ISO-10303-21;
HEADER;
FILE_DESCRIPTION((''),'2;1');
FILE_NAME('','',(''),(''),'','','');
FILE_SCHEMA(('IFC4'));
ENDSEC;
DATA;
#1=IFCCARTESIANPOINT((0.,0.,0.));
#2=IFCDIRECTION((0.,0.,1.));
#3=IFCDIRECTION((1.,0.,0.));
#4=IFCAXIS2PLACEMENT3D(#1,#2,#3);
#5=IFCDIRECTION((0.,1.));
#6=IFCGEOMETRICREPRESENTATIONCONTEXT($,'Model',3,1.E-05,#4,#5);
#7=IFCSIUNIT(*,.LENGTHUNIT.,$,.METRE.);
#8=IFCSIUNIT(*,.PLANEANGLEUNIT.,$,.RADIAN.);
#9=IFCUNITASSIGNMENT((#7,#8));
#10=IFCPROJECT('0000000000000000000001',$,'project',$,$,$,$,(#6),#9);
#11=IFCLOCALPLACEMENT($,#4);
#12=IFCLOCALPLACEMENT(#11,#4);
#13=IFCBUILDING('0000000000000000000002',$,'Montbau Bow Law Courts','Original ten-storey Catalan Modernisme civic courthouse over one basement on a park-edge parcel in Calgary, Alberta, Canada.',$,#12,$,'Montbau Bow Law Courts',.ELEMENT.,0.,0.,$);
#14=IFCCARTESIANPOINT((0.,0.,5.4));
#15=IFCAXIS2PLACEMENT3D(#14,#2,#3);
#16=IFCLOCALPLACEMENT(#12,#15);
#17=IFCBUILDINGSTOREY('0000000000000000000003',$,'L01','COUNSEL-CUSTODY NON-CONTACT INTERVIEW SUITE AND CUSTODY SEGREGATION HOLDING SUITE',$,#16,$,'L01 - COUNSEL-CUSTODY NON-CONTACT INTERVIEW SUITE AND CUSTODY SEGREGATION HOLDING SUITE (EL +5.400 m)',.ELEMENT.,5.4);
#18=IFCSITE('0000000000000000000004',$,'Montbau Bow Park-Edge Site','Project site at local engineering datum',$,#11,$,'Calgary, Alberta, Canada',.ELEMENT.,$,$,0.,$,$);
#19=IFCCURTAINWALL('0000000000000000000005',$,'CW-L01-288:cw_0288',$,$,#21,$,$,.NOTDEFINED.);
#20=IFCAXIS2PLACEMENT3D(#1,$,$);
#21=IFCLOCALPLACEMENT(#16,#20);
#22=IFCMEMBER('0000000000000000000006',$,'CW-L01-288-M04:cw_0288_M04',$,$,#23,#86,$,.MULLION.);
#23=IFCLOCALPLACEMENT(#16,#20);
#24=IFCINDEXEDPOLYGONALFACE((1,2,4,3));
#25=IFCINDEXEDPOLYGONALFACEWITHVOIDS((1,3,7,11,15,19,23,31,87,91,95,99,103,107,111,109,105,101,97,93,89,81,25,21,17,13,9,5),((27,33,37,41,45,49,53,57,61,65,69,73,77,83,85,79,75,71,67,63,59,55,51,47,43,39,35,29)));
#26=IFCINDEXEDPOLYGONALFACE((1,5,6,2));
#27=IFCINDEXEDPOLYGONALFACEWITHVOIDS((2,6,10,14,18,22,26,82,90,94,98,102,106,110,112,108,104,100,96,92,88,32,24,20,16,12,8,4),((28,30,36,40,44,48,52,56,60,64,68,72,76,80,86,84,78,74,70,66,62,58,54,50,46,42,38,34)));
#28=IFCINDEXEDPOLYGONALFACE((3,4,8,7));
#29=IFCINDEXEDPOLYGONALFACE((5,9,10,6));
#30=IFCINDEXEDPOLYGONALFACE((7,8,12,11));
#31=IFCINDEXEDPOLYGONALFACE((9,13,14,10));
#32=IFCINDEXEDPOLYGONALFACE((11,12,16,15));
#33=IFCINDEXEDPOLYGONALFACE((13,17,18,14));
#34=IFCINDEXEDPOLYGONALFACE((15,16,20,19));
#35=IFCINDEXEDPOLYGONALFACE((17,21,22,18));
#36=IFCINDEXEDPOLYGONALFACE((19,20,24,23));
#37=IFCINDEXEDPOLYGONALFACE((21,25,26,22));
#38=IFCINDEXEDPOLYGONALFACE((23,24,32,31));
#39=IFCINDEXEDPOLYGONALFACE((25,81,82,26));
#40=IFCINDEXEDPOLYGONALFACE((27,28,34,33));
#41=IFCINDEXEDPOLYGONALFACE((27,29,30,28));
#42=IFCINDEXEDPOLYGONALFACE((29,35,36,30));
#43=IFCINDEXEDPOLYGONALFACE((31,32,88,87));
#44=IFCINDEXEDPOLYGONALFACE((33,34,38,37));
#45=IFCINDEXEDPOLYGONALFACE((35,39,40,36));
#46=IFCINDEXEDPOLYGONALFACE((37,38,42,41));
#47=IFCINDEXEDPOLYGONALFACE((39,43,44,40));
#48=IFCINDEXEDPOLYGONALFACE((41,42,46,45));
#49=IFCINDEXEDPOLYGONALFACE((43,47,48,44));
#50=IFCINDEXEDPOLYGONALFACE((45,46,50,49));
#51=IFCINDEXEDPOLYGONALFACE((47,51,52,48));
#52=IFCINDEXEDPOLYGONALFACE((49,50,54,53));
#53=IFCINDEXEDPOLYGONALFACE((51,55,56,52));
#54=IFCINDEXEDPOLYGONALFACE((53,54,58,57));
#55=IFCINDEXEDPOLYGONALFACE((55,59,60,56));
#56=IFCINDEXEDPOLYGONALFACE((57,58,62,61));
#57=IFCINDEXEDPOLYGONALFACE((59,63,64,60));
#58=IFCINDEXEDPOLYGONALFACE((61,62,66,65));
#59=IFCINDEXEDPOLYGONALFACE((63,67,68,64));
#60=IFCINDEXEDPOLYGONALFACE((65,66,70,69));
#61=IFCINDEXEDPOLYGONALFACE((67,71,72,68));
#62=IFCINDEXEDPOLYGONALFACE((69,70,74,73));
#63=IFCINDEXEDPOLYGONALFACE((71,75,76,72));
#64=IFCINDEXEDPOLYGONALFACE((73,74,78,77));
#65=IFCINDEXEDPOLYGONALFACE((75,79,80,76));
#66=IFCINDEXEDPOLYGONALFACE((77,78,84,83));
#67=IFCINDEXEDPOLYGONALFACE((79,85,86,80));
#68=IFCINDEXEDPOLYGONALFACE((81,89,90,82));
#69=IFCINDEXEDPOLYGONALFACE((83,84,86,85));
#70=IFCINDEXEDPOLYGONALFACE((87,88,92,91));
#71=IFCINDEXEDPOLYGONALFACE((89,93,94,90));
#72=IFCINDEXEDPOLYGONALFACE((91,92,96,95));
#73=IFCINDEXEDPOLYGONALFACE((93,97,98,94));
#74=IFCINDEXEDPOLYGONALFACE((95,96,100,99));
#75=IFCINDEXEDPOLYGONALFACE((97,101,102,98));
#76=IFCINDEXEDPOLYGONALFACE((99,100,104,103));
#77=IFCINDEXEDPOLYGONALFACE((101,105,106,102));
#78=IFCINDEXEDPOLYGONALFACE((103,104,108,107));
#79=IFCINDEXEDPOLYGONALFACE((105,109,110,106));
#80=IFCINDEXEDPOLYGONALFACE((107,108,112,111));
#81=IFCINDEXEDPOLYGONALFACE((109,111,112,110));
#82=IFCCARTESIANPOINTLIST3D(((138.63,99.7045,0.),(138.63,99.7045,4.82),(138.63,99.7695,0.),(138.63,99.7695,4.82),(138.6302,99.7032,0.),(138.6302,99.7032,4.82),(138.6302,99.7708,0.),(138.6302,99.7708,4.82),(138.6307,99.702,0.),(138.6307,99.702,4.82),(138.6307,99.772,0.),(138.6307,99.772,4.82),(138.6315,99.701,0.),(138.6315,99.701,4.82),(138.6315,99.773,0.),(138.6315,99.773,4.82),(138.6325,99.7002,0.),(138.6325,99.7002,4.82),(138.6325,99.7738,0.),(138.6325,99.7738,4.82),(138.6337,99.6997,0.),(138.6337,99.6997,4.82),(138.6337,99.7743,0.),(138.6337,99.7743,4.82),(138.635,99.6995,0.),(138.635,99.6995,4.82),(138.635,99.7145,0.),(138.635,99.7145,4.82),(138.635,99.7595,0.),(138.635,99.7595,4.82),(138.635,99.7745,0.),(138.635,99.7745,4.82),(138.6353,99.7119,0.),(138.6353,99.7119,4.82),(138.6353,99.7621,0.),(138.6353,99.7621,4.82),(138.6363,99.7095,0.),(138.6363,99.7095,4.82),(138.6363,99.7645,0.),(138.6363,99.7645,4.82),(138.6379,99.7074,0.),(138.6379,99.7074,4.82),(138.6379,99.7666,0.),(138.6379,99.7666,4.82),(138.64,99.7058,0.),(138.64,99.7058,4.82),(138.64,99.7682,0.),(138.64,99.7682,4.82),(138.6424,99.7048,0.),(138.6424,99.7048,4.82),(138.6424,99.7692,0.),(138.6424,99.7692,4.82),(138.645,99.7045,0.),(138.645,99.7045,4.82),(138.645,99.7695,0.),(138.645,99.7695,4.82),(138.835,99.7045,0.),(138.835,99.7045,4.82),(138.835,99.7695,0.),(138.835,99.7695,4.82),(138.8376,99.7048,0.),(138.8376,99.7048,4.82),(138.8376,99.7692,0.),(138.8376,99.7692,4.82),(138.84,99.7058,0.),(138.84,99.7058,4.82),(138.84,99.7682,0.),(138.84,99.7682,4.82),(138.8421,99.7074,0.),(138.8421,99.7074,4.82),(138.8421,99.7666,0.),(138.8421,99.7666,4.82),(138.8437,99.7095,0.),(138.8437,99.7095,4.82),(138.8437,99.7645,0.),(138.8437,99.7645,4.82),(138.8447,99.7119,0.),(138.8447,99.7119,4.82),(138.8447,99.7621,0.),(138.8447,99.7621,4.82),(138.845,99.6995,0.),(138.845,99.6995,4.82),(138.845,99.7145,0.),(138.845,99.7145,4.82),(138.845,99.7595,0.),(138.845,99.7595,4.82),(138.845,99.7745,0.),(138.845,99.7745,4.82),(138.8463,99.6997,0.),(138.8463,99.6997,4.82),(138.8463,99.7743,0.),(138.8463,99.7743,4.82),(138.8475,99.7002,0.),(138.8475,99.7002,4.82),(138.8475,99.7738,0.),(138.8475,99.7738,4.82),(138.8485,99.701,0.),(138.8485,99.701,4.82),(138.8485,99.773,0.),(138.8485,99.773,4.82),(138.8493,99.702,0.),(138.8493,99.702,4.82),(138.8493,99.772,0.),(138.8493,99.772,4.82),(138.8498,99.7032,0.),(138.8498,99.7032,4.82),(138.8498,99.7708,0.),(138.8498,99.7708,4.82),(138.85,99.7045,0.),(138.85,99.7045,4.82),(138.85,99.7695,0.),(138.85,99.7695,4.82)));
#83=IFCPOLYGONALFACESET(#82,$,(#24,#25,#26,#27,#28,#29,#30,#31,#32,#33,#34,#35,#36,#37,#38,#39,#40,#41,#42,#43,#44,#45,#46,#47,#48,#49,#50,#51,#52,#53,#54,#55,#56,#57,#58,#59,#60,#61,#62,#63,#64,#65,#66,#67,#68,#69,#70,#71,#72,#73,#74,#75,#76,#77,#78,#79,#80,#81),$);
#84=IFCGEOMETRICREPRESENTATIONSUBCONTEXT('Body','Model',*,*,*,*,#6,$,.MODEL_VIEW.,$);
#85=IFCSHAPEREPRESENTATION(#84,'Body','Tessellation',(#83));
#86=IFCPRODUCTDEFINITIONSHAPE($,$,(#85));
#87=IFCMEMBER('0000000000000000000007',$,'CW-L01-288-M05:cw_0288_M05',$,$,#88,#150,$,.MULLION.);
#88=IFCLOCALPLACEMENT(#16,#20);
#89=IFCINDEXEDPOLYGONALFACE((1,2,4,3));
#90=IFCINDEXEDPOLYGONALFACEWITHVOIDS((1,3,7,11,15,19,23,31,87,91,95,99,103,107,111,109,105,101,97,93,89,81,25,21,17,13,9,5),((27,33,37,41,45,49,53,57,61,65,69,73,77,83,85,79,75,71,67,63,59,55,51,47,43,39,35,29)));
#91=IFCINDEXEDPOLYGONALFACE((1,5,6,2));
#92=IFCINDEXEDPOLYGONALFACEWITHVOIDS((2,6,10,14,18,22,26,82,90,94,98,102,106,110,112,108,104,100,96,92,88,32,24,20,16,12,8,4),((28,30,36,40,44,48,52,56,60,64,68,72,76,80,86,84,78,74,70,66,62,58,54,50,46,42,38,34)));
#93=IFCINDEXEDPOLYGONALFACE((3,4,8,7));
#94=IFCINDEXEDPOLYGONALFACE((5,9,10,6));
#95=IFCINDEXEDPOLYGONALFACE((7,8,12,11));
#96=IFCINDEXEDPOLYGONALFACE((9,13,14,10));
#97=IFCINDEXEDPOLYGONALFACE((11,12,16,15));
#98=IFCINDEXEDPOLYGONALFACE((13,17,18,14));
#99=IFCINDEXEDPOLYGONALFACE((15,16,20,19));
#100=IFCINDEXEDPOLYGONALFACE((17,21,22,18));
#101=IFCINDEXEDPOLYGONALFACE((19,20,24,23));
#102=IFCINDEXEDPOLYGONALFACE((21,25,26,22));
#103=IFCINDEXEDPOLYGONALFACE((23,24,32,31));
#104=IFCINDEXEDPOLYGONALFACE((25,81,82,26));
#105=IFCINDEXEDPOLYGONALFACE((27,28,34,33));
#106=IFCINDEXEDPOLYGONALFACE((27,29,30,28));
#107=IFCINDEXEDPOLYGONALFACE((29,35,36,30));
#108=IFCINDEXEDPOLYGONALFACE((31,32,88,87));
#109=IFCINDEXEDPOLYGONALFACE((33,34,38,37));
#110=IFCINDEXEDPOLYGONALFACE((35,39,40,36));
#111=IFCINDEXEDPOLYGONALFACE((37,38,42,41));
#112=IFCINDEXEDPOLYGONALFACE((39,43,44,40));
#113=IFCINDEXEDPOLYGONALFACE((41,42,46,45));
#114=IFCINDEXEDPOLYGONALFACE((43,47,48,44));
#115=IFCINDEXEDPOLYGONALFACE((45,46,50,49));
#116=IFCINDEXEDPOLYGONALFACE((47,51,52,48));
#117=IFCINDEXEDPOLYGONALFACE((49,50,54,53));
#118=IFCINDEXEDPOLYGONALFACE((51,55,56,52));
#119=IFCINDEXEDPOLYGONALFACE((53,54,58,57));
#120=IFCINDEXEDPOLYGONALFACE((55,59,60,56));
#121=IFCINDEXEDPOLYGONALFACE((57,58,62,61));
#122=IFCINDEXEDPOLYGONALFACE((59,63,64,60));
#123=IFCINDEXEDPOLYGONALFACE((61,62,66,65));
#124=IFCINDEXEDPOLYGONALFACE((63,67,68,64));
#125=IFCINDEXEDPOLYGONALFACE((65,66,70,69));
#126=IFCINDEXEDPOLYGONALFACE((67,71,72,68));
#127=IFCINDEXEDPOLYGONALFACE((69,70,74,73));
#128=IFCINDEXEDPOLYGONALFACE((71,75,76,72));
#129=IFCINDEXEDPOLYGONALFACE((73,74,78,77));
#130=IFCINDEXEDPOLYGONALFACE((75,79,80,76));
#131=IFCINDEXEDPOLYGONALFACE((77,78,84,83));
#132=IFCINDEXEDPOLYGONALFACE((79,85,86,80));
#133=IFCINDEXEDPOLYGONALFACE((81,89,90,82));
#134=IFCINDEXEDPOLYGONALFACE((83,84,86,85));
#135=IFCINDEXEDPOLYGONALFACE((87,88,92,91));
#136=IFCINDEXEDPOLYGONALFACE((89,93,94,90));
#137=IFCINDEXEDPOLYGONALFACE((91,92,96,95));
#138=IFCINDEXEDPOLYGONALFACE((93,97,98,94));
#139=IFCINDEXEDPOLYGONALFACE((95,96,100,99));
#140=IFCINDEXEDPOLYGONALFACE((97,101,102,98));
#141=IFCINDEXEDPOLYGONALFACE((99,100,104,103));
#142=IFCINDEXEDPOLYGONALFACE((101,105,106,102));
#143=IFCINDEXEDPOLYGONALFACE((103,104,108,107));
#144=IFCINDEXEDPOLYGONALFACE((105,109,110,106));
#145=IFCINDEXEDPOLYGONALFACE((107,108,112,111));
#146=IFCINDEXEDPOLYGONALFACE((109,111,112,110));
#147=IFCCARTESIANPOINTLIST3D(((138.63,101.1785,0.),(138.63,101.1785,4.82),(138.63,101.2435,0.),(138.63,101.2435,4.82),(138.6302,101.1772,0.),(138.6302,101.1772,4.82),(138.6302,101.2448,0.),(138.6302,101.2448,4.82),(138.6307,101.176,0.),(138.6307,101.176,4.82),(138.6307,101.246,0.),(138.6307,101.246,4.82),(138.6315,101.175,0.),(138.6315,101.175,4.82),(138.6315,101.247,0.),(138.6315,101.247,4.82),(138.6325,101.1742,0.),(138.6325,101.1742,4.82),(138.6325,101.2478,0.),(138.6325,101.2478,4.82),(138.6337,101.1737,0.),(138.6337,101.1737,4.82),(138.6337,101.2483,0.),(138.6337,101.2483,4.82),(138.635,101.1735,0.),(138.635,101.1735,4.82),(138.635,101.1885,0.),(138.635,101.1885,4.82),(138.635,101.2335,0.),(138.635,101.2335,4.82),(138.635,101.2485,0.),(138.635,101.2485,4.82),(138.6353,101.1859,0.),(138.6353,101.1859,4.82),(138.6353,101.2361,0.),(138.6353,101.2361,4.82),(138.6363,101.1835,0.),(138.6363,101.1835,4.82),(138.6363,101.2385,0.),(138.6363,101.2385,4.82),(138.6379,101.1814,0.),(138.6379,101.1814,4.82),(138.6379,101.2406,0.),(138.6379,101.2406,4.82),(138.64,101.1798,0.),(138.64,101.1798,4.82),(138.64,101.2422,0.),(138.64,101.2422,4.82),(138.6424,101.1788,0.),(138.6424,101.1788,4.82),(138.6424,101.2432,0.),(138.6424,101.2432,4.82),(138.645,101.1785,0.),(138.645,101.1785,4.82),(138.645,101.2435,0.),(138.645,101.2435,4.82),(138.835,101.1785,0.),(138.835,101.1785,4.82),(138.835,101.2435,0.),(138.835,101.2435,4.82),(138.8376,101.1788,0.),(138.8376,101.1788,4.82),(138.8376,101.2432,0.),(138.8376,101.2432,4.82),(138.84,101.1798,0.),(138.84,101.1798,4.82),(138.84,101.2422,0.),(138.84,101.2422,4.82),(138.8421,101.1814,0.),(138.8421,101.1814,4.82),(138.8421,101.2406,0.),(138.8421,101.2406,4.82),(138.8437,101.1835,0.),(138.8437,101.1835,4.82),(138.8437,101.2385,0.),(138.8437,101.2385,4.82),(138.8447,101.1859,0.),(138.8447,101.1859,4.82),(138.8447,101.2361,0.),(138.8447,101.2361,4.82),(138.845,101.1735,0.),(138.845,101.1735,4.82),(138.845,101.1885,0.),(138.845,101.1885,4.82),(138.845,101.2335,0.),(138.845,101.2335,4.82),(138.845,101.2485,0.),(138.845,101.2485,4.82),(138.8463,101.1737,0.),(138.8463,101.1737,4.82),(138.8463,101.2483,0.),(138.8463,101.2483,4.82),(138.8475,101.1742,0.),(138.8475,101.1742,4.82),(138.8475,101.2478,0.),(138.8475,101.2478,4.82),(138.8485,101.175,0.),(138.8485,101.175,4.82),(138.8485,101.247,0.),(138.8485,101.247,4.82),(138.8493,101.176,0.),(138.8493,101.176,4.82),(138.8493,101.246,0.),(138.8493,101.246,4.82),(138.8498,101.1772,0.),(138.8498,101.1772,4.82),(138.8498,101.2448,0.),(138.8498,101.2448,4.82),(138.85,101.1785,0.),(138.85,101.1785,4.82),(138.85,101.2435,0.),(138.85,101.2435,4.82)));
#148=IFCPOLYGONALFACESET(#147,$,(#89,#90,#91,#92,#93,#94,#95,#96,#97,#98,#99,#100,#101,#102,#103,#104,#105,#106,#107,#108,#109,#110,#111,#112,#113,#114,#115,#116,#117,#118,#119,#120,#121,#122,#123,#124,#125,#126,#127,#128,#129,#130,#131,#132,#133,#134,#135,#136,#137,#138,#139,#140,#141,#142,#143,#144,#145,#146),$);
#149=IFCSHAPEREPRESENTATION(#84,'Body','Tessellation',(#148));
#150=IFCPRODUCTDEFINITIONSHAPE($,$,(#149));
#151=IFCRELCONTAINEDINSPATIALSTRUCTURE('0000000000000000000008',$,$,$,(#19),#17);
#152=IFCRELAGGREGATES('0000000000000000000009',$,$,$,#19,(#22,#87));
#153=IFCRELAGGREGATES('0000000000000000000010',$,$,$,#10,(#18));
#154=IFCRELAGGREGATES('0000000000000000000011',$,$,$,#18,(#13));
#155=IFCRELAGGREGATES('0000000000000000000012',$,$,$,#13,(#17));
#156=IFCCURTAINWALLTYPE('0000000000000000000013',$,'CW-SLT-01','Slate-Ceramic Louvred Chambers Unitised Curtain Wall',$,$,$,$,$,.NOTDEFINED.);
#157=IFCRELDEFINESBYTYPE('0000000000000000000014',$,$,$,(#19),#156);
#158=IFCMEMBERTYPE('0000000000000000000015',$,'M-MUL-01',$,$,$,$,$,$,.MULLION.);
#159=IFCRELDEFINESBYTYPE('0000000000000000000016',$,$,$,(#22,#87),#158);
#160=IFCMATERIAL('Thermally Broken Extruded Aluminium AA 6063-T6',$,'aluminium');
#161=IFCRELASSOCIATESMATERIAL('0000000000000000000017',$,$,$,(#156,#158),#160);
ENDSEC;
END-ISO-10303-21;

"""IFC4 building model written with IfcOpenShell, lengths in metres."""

from ifc_helpers import new_model, si_unit, direction, frame, origin_with_axes, origin_2d_with_axis, place, context, subcontext, project, spatial, hollow_rectangle, extrude, material, material_profile, profile_set, type_object, element, aggregate, save


model = new_model("IFC4")

# Units and contexts
model_context = context("Model", 3, precision=1e-05, world=origin_with_axes(), true_north=direction((0.0, 1.0)))
body_context = subcontext(model_context, "Body", "Model", "MODEL_VIEW")
ifc_project = project(units=[si_unit("LENGTHUNIT", "METRE"), si_unit("PLANEANGLEUNIT", "RADIAN")], contexts=[model_context])

# Site, building, storey
site_placement = place(None, origin_with_axes())
site = spatial("IfcSite", under=ifc_project, at=site_placement, Name="Montbau Bow Park-Edge Site", Description="Project site at local engineering datum", LongName="Calgary, Alberta, Canada", CompositionType="ELEMENT", RefElevation=0.0)
building_placement = place(site_placement, origin_with_axes())
building = spatial("IfcBuilding", under=site, at=building_placement, Name="Montbau Bow Law Courts", Description="Original ten-storey Catalan Modernisme civic courthouse over one basement on a park-edge parcel in Calgary, Alberta, Canada.", LongName="Montbau Bow Law Courts", CompositionType="ELEMENT", ElevationOfRefHeight=0.0, ElevationOfTerrain=0.0)
storey_placement = place(building_placement, frame((0.0, 0.0, 5.4), z_axis=(0.0, 0.0, 1.0), x_axis=(1.0, 0.0, 0.0)))
storey = spatial("IfcBuildingStorey", under=building, at=storey_placement, Name="L01", Description="COUNSEL-CUSTODY NON-CONTACT INTERVIEW SUITE AND CUSTODY SEGREGATION HOLDING SUITE", LongName="L01 - COUNSEL-CUSTODY NON-CONTACT INTERVIEW SUITE AND CUSTODY SEGREGATION HOLDING SUITE (EL +5.400 m)", CompositionType="ELEMENT", Elevation=5.4)

# Curtain wall, members
ifc_material_1 = material(Name="Thermally Broken Extruded Aluminium AA 6063-T6", Category="aluminium")
curtain_wall_type = type_object("IfcCurtainWallType", Name="CW-SLT-01", Description="Slate-Ceramic Louvred Chambers Unitised Curtain Wall", PredefinedType="NOTDEFINED", material=ifc_material_1)
curtain_wall_1_placement = place(None, frame((138.74, 95.315, 5.4), z_axis=(0.0, 0.0, 1.0), x_axis=(1.0, 0.0, 0.0)))
curtain_wall_1 = element("IfcCurtainWall", 1, at=curtain_wall_1_placement, inside=storey, type_object=curtain_wall_type, Name="CW-L01-288:cw_0288", PredefinedType="NOTDEFINED")
ifc_material_profile_1 = material_profile(ifc_material_1, hollow_rectangle(XDim=0.075, YDim=0.22, WallThickness=0.005, InnerFilletRadius=0.01, OuterFilletRadius=0.005, at=origin_2d_with_axis()), Name="CWM-220X75", Category="Main", Priority=0)
ifc_profile_set_1 = profile_set([ifc_material_profile_1], Name="Thermally Broken Extruded Aluminium AA 6063-T6")
member_type_1 = type_object("IfcMemberType", Name="M-MUL-01", PredefinedType="MULLION", material=ifc_profile_set_1)
member_1_placement = place(None, frame((138.74, 99.737, 5.4), z_axis=(0.0, 0.0, 1.0), x_axis=(0.0, 1.0, 0.0)))
member_1 = element("IfcMember", 2, at=member_1_placement, type_object=member_type_1, Name="CW-L01-288-M04:cw_0288_M04", PredefinedType="MULLION", context=body_context, shape_type="SweptSolid", body=[
    extrude(hollow_rectangle(XDim=0.075, YDim=0.22, WallThickness=0.005, InnerFilletRadius=0.01, OuterFilletRadius=0.005, at=origin_2d_with_axis()), origin_with_axes(), (0.0, 0.0, 1.0), 4.82),
])
member_2_placement = place(None, frame((138.74, 101.211, 5.4), z_axis=(0.0, 0.0, 1.0), x_axis=(0.0, 1.0, 0.0)))
member_2 = element("IfcMember", 3, at=member_2_placement, type_object=member_type_1, Name="CW-L01-288-M05:cw_0288_M05", PredefinedType="MULLION", context=body_context, shape_type="SweptSolid", body=[
    extrude(hollow_rectangle(XDim=0.075, YDim=0.22, WallThickness=0.005, InnerFilletRadius=0.01, OuterFilletRadius=0.005, at=origin_2d_with_axis()), origin_with_axes(), (0.0, 0.0, 1.0), 4.82),
])

aggregate(curtain_wall_1, [member_1, member_2])

save(model, "model.ifc")
